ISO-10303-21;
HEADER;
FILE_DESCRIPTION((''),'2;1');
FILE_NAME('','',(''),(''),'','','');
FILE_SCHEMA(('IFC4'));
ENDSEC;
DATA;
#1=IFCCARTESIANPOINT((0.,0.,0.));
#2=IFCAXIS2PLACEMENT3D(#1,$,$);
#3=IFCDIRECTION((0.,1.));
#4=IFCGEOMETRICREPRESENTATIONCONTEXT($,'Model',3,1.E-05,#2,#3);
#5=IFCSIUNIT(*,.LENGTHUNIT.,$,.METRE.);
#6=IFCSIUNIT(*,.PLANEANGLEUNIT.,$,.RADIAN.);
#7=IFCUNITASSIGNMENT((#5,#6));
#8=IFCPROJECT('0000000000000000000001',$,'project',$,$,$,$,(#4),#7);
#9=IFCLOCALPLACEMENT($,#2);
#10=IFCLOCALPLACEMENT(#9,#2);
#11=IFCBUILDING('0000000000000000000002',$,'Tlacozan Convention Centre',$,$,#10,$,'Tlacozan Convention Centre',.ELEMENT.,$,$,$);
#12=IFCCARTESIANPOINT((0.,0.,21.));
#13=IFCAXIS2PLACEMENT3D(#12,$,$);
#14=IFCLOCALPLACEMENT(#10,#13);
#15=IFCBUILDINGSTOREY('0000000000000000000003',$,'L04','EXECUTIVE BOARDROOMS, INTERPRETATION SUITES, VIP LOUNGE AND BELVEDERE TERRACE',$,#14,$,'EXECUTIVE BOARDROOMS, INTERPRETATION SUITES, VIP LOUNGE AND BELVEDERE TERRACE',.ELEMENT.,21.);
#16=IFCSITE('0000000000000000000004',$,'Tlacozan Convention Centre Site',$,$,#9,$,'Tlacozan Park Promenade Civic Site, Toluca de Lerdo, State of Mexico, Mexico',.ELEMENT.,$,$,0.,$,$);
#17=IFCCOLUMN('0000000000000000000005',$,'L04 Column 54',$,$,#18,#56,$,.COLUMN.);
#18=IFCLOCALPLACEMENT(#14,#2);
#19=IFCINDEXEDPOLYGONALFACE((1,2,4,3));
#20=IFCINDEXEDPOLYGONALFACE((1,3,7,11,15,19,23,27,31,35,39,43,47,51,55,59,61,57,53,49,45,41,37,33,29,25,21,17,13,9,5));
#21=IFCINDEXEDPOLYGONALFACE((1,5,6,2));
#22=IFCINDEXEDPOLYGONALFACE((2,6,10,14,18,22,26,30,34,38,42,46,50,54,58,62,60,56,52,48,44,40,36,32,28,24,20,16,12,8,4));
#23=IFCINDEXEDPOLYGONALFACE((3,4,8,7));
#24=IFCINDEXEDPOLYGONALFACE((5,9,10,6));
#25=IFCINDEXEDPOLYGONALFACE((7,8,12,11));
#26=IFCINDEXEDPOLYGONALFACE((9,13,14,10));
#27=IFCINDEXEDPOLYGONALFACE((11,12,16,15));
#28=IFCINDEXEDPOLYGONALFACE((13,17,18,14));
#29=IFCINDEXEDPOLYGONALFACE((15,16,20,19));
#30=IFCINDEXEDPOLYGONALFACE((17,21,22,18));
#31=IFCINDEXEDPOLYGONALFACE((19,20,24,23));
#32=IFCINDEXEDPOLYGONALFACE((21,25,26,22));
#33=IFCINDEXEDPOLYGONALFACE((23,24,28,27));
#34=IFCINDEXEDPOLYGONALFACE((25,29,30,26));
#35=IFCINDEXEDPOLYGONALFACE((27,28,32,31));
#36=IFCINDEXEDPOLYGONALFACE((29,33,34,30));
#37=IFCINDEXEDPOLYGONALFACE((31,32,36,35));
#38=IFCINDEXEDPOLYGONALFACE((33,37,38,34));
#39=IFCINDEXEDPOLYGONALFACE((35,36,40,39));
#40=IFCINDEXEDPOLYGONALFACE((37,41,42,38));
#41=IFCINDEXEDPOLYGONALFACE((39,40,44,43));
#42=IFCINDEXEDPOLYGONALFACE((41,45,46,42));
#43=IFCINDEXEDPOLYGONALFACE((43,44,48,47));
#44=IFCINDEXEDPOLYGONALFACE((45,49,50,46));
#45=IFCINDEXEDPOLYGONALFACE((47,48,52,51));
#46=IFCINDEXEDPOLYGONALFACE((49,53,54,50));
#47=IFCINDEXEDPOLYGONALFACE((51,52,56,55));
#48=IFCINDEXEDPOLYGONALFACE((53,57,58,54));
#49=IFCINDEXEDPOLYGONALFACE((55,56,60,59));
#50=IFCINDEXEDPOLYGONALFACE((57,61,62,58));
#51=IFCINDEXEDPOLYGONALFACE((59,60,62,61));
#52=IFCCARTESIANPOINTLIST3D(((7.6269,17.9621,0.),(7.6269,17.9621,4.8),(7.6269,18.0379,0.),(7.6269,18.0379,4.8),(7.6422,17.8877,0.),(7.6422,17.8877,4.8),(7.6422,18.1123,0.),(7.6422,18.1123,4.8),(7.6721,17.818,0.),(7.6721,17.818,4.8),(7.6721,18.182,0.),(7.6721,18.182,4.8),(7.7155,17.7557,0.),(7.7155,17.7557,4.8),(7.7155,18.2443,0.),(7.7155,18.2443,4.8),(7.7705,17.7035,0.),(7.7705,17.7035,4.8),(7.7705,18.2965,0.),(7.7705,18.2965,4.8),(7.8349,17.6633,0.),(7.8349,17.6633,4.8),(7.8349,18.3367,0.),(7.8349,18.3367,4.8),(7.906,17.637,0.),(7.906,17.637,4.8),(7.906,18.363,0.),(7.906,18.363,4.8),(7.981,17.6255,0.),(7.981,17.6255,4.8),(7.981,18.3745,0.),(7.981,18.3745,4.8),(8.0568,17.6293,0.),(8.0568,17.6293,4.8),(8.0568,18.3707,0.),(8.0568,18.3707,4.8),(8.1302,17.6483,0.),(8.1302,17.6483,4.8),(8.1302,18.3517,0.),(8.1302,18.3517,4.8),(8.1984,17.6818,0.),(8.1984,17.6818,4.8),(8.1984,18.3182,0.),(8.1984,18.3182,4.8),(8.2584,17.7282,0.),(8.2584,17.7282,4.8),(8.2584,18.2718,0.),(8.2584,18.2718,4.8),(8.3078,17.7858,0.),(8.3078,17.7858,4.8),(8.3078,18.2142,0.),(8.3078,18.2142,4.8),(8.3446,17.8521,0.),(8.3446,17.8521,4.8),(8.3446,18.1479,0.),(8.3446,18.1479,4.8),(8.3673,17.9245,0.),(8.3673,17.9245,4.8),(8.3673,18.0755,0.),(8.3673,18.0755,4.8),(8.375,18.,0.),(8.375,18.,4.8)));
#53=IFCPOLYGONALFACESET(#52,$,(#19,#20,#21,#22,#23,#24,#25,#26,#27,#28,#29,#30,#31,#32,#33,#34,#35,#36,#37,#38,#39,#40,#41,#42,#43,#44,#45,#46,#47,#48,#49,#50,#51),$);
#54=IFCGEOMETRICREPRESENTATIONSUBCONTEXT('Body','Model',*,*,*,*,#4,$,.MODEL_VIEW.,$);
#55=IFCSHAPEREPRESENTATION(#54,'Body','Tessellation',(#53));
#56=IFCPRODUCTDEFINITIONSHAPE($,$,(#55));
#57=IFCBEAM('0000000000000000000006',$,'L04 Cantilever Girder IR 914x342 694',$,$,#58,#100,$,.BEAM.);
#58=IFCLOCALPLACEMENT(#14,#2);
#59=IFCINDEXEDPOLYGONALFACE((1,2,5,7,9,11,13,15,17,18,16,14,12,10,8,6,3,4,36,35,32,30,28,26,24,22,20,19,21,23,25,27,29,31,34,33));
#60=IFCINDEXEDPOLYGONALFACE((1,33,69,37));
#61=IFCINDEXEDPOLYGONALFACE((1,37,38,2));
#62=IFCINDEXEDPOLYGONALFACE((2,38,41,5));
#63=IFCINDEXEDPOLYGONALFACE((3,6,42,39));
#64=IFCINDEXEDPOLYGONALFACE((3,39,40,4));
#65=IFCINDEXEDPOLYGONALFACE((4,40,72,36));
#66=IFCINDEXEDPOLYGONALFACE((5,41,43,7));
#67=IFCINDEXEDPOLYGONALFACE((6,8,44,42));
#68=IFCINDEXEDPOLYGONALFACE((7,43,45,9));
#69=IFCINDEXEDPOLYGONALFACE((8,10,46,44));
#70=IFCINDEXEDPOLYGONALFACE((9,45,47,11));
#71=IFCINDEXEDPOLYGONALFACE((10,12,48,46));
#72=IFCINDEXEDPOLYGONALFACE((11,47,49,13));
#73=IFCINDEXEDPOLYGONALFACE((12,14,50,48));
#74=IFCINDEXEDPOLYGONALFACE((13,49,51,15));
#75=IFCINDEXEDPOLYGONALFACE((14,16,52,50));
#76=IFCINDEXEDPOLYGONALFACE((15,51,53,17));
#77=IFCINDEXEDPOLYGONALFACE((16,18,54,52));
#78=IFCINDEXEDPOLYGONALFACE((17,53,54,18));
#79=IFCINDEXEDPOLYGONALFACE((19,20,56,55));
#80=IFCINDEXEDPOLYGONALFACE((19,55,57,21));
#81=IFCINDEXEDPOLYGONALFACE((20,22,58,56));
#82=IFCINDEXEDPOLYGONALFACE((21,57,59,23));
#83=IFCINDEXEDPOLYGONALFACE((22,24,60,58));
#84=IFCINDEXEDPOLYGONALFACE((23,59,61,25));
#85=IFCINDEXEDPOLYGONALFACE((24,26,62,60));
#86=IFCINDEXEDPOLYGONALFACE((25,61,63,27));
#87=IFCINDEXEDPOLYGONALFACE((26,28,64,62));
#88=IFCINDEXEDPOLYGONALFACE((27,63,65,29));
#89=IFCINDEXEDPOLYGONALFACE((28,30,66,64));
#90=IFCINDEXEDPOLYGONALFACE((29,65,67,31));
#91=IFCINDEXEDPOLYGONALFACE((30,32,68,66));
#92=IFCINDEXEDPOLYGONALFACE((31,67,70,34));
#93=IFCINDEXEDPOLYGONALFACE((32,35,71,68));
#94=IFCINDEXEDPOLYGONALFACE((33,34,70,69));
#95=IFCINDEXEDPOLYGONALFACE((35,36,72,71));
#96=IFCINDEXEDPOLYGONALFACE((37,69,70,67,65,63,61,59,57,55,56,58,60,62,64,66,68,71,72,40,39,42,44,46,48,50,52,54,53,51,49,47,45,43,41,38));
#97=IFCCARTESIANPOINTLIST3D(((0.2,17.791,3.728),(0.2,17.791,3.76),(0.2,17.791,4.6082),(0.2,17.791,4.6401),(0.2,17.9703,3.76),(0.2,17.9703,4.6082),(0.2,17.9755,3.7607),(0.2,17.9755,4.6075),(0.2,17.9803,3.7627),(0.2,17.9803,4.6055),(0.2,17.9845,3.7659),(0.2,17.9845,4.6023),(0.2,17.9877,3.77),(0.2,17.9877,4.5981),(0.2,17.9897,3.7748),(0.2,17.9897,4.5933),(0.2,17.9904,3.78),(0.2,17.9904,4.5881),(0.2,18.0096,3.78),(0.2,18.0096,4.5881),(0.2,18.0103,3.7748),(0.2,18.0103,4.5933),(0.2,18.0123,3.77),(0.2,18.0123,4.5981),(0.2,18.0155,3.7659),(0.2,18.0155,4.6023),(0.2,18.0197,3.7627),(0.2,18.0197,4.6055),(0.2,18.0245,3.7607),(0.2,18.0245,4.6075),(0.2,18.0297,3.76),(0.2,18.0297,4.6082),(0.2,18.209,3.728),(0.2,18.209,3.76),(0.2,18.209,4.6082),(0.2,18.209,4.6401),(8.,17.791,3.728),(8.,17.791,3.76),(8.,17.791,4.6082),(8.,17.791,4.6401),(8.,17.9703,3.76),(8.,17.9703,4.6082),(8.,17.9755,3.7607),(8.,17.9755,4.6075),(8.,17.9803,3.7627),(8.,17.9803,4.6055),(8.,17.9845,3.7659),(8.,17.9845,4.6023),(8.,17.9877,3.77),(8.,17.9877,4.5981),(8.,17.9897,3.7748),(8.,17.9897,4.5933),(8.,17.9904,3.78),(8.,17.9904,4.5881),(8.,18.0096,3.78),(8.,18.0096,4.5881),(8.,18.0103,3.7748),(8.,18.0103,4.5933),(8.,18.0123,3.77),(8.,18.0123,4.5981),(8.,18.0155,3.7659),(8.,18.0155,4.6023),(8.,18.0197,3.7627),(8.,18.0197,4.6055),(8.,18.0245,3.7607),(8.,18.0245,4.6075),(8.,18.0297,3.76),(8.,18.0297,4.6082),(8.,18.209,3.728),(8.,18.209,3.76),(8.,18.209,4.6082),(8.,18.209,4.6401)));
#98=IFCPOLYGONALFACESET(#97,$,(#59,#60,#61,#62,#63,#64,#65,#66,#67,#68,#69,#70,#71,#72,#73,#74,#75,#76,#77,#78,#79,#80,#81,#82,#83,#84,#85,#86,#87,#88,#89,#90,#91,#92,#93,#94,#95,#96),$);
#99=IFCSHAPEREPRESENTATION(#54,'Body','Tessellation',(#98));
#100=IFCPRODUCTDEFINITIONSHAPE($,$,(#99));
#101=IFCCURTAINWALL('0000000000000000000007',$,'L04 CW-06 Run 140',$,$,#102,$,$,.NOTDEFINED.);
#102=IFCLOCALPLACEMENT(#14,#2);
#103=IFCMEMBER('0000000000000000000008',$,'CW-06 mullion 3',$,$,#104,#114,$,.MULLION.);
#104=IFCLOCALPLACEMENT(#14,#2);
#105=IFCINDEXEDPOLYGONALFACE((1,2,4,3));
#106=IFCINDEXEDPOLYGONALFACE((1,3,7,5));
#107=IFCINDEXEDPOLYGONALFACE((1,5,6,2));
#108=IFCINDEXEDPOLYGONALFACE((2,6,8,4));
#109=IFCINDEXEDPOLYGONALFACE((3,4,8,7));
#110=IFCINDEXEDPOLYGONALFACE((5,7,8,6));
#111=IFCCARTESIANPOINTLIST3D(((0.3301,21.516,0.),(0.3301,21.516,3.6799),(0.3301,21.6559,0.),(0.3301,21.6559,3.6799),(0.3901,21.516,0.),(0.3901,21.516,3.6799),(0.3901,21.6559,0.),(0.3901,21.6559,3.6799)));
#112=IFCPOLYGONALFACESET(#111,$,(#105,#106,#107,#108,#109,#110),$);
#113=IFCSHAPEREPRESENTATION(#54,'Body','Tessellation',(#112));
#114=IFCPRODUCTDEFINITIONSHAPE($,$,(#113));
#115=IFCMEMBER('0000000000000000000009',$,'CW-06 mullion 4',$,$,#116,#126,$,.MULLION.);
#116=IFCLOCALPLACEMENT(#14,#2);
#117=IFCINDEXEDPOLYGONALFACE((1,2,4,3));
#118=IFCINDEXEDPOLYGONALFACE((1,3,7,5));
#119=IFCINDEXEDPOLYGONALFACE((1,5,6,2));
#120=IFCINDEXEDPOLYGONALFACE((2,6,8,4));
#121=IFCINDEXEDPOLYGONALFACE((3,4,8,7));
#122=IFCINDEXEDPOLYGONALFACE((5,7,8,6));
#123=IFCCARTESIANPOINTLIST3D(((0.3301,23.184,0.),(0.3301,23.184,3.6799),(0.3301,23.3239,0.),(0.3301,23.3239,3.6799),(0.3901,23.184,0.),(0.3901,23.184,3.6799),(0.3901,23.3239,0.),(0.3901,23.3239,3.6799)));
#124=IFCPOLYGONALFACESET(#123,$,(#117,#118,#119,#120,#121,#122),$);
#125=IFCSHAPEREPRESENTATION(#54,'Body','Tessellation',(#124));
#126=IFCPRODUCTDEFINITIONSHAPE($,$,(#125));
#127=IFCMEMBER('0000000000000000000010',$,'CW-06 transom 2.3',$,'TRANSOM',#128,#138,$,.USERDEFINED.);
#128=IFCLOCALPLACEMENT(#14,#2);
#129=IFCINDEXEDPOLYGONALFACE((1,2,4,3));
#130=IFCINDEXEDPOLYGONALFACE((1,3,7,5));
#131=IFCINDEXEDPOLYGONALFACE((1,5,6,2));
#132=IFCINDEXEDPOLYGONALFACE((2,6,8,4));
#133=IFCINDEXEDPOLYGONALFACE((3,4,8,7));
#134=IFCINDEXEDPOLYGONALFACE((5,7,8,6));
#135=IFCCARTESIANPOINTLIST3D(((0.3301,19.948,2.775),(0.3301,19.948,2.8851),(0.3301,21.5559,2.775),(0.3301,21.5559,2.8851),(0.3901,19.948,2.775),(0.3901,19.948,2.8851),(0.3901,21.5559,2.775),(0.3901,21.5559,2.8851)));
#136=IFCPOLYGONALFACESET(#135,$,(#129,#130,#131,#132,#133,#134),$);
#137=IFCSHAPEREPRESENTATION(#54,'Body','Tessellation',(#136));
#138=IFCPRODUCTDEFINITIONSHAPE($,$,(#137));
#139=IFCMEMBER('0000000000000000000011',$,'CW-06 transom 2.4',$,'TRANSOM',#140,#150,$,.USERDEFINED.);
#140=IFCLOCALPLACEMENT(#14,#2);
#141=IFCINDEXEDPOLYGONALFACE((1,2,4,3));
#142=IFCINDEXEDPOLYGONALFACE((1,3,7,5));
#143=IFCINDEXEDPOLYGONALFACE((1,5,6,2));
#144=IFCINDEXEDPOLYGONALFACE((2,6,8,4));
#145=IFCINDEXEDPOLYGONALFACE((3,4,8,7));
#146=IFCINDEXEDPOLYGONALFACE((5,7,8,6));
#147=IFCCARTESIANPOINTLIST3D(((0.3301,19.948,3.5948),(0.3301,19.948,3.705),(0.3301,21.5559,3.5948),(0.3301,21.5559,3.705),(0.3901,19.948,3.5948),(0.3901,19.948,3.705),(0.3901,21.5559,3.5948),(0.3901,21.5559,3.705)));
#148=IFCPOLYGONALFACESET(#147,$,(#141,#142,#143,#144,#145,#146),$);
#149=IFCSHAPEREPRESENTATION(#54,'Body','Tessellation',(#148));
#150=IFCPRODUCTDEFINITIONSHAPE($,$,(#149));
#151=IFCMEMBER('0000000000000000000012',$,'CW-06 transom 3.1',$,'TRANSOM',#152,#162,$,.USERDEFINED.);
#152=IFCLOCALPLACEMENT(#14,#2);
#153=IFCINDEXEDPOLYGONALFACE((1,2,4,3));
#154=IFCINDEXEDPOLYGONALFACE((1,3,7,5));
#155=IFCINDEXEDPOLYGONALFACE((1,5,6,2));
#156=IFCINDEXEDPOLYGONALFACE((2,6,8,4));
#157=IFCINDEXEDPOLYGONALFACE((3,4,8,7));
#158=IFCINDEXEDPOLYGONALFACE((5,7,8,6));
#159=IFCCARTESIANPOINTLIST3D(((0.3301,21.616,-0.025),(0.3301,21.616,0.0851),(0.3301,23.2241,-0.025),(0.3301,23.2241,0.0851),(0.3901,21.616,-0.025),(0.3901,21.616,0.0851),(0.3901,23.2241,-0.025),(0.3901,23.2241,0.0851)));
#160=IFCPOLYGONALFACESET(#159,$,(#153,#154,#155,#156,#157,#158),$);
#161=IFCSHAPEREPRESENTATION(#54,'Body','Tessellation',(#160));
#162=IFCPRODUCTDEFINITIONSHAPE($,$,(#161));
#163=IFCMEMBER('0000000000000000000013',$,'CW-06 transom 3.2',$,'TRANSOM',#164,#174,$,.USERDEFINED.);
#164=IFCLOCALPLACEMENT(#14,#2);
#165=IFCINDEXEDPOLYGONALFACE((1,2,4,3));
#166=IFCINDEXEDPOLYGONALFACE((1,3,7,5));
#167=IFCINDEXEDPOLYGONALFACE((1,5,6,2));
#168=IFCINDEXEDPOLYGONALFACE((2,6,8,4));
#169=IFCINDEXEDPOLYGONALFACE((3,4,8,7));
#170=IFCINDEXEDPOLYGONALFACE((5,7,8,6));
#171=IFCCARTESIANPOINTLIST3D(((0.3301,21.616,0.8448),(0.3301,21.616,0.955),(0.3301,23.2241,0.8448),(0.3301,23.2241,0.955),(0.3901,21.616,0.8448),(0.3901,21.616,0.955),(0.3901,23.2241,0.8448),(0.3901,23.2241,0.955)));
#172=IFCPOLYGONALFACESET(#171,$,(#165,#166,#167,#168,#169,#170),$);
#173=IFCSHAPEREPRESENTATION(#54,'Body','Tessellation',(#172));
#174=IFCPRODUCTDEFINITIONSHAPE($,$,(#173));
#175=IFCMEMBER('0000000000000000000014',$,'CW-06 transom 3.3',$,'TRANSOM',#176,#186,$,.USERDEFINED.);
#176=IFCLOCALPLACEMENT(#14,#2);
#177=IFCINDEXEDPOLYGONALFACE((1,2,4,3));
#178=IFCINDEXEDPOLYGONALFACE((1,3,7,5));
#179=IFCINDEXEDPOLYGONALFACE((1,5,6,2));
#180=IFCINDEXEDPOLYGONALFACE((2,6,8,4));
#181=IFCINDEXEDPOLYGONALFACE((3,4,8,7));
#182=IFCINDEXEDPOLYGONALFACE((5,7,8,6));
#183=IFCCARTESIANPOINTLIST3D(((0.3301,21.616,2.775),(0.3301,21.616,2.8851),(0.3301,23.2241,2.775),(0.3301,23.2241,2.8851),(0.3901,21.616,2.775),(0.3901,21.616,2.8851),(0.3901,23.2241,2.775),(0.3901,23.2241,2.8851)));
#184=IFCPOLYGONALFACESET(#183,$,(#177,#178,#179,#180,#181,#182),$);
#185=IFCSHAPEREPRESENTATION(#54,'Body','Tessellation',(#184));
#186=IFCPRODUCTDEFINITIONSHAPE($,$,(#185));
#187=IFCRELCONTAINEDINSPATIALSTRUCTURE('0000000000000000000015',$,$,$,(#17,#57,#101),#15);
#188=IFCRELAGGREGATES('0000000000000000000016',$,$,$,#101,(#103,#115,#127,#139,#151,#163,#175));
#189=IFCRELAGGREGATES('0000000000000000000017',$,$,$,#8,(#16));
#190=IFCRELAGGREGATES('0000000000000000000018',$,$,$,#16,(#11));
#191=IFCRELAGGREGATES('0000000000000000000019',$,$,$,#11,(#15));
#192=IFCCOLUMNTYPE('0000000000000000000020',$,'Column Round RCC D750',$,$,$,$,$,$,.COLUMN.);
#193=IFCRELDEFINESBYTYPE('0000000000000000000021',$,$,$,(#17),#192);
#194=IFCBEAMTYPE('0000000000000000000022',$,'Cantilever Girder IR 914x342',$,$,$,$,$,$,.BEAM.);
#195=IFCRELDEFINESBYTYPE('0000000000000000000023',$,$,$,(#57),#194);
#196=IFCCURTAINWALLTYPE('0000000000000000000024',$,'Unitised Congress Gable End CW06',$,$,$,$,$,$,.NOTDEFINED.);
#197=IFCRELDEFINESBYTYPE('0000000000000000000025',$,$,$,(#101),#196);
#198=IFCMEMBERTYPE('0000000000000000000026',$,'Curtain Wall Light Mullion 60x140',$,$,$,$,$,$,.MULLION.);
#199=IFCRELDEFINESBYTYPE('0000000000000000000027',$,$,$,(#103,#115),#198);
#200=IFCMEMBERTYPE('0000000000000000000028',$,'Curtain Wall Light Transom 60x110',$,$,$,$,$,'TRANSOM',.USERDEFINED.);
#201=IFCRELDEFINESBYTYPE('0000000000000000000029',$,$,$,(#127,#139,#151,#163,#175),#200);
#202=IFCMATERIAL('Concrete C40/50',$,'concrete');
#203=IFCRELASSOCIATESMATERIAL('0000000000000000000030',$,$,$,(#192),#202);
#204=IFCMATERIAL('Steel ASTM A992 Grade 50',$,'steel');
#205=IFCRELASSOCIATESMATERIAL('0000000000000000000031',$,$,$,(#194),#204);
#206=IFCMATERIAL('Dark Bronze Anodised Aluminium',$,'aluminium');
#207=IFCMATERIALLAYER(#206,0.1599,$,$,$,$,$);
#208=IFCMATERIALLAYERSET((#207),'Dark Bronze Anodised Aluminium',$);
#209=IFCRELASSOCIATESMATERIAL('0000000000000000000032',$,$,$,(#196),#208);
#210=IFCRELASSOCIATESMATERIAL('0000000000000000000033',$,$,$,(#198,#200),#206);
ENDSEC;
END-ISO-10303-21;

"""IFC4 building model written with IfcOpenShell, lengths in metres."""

from ifc_helpers import new_model, si_unit, direction, frame, origin, origin_2d, place, context, subcontext, project, spatial, rectangle, circle, i_section, extrude, material, layer, layer_set, material_profile, profile_set, type_object, element, aggregate, save


model = new_model("IFC4")

# Units and contexts
model_context = context("Model", 3, precision=1e-05, world=origin(), true_north=direction((0.0, 1.0)))
body_context = subcontext(model_context, "Body", "Model", "MODEL_VIEW")
ifc_project = project(units=[si_unit("LENGTHUNIT", "METRE"), si_unit("PLANEANGLEUNIT", "RADIAN")], contexts=[model_context])

# Site, building, storey
site_placement = place(None, origin())
site = spatial("IfcSite", under=ifc_project, at=site_placement, Name="Tlacozan Convention Centre Site", LongName="Tlacozan Park Promenade Civic Site, Toluca de Lerdo, State of Mexico, Mexico", CompositionType="ELEMENT", RefElevation=0.0)
building_placement = place(site_placement, origin())
building = spatial("IfcBuilding", under=site, at=building_placement, Name="Tlacozan Convention Centre", LongName="Tlacozan Convention Centre", CompositionType="ELEMENT")
storey_placement = place(building_placement, frame((0.0, 0.0, 21.0)))
storey = spatial("IfcBuildingStorey", under=building, at=storey_placement, Name="L04", Description="EXECUTIVE BOARDROOMS, INTERPRETATION SUITES, VIP LOUNGE AND BELVEDERE TERRACE", LongName="EXECUTIVE BOARDROOMS, INTERPRETATION SUITES, VIP LOUNGE AND BELVEDERE TERRACE", CompositionType="ELEMENT", Elevation=21.0)

# Column
ifc_material_1 = material(Name="Concrete C40/50", Category="concrete")
ifc_material_profile_1 = material_profile(ifc_material_1, circle(Radius=0.375, at=origin_2d()), Name="RCC D750")
ifc_profile_set_1 = profile_set([ifc_material_profile_1], Name="Concrete C40/50")
column_type = type_object("IfcColumnType", Name="Column Round RCC D750", PredefinedType="COLUMN", material=ifc_profile_set_1)
column_placement = place(storey_placement, frame((8.0, 18.0, 0.0), z_axis=(0.0, 0.0, 1.0), x_axis=(1.0, 0.0, 0.0)))
element("IfcColumn", 1, at=column_placement, inside=storey, type_object=column_type, Name="L04 Column 54", PredefinedType="COLUMN", context=body_context, shape_type="SweptSolid", body=[
    extrude(circle(Radius=0.375, at=origin_2d()), origin(), (0.0, 0.0, 1.0), 4.8),
])

# Beam
ifc_material_2 = material(Name="Steel ASTM A992 Grade 50", Category="steel")
ifc_material_profile_2 = material_profile(ifc_material_2, i_section(OverallWidth=0.418, OverallDepth=0.9121, WebThickness=0.0193, FlangeThickness=0.032, FilletRadius=0.02, at=origin_2d()), Name="IR 914x342.0")
ifc_profile_set_2 = profile_set([ifc_material_profile_2], Name="Steel ASTM A992 Grade 50")
beam_type_1 = type_object("IfcBeamType", Name="Cantilever Girder IR 914x342", PredefinedType="BEAM", material=ifc_profile_set_2)
beam_1_placement = place(storey_placement, frame((8.0, 18.0, 4.1841), z_axis=(-1.0, 0.0, 0.0), x_axis=(0.0, -1.0, 0.0)))
element("IfcBeam", 2, at=beam_1_placement, inside=storey, type_object=beam_type_1, Name="L04 Cantilever Girder IR 914x342 694", PredefinedType="BEAM", context=body_context, shape_type="SweptSolid", body=[
    extrude(i_section(OverallWidth=0.418, OverallDepth=0.9121, WebThickness=0.0193, FlangeThickness=0.032, FilletRadius=0.02, at=origin_2d()), origin(), (0.0, 0.0, 1.0), 7.8),
])

# Curtain wall, members
ifc_material_3 = material(Name="Dark Bronze Anodised Aluminium", Category="aluminium")
ifc_layer_1 = layer(ifc_material_3, 0.1599)
ifc_layer_set_1 = layer_set([ifc_layer_1], Name="Dark Bronze Anodised Aluminium")
curtain_wall_type = type_object("IfcCurtainWallType", Name="Unitised Congress Gable End CW06", PredefinedType="NOTDEFINED", material=ifc_layer_set_1)
curtain_wall_placement = place(storey_placement, origin())
curtain_wall = element("IfcCurtainWall", 3, at=curtain_wall_placement, inside=storey, type_object=curtain_wall_type, Name="L04 CW-06 Run 140", PredefinedType="NOTDEFINED")
ifc_material_profile_3 = material_profile(ifc_material_3, rectangle(XDim=0.0601, YDim=0.1399, at=origin_2d()), Name="ALU 60x140")
ifc_profile_set_3 = profile_set([ifc_material_profile_3], Name="Dark Bronze Anodised Aluminium")
member_type_1 = type_object("IfcMemberType", Name="Curtain Wall Light Mullion 60x140", PredefinedType="MULLION", material=ifc_profile_set_3)
member_1_placement = place(storey_placement, frame((0.3601, 21.5859, 0.0), z_axis=(0.0, 0.0, 1.0), x_axis=(-1.0, 0.0, 0.0)))
member_1 = element("IfcMember", 4, at=member_1_placement, type_object=member_type_1, Name="CW-06 mullion 3", PredefinedType="MULLION", context=body_context, shape_type="SweptSolid", body=[
    extrude(rectangle(XDim=0.0601, YDim=0.1399, at=origin_2d()), origin(), (0.0, 0.0, 1.0), 3.6799),
])
member_2_placement = place(storey_placement, frame((0.3601, 23.2539, 0.0), z_axis=(0.0, 0.0, 1.0), x_axis=(-1.0, 0.0, 0.0)))
member_2 = element("IfcMember", 5, at=member_2_placement, type_object=member_type_1, Name="CW-06 mullion 4", PredefinedType="MULLION", context=body_context, shape_type="SweptSolid", body=[
    extrude(rectangle(XDim=0.0601, YDim=0.1399, at=origin_2d()), origin(), (0.0, 0.0, 1.0), 3.6799),
])
ifc_material_profile_4 = material_profile(ifc_material_3, rectangle(XDim=0.0601, YDim=0.1101, at=origin_2d()), Name="ALU 60x110")
ifc_profile_set_4 = profile_set([ifc_material_profile_4], Name="Dark Bronze Anodised Aluminium")
member_type_2 = type_object("IfcMemberType", Name="Curtain Wall Light Transom 60x110", ElementType="TRANSOM", PredefinedType="USERDEFINED", material=ifc_profile_set_4)
member_3_placement = place(storey_placement, frame((0.3601, 19.948, 2.8301), z_axis=(0.0, 1.0, 0.0), x_axis=(-1.0, 0.0, 0.0)))
member_3 = element("IfcMember", 6, at=member_3_placement, type_object=member_type_2, Name="CW-06 transom 2.3", ObjectType="TRANSOM", PredefinedType="USERDEFINED", context=body_context, shape_type="SweptSolid", body=[
    extrude(rectangle(XDim=0.0601, YDim=0.1101, at=origin_2d()), origin(), (0.0, 0.0, 1.0), 1.6079),
])
member_4_placement = place(storey_placement, frame((0.3601, 19.948, 3.6499), z_axis=(0.0, 1.0, 0.0), x_axis=(-1.0, 0.0, 0.0)))
member_4 = element("IfcMember", 7, at=member_4_placement, type_object=member_type_2, Name="CW-06 transom 2.4", ObjectType="TRANSOM", PredefinedType="USERDEFINED", context=body_context, shape_type="SweptSolid", body=[
    extrude(rectangle(XDim=0.0601, YDim=0.1101, at=origin_2d()), origin(), (0.0, 0.0, 1.0), 1.6079),
])
member_5_placement = place(storey_placement, frame((0.3601, 21.616, 0.03), z_axis=(0.0, 1.0, 0.0), x_axis=(-1.0, 0.0, 0.0)))
member_5 = element("IfcMember", 8, at=member_5_placement, type_object=member_type_2, Name="CW-06 transom 3.1", ObjectType="TRANSOM", PredefinedType="USERDEFINED", context=body_context, shape_type="SweptSolid", body=[
    extrude(rectangle(XDim=0.0601, YDim=0.1101, at=origin_2d()), origin(), (0.0, 0.0, 1.0), 1.6082),
])
member_6_placement = place(storey_placement, frame((0.3601, 21.616, 0.8999), z_axis=(0.0, 1.0, 0.0), x_axis=(-1.0, 0.0, 0.0)))
member_6 = element("IfcMember", 9, at=member_6_placement, type_object=member_type_2, Name="CW-06 transom 3.2", ObjectType="TRANSOM", PredefinedType="USERDEFINED", context=body_context, shape_type="SweptSolid", body=[
    extrude(rectangle(XDim=0.0601, YDim=0.1101, at=origin_2d()), origin(), (0.0, 0.0, 1.0), 1.6082),
])
member_7_placement = place(storey_placement, frame((0.3601, 21.616, 2.8301), z_axis=(0.0, 1.0, 0.0), x_axis=(-1.0, 0.0, 0.0)))
member_7 = element("IfcMember", 10, at=member_7_placement, type_object=member_type_2, Name="CW-06 transom 3.3", ObjectType="TRANSOM", PredefinedType="USERDEFINED", context=body_context, shape_type="SweptSolid", body=[
    extrude(rectangle(XDim=0.0601, YDim=0.1101, at=origin_2d()), origin(), (0.0, 0.0, 1.0), 1.6082),
])

aggregate(curtain_wall, [member_1, member_2, member_3, member_4, member_5, member_6, member_7])

save(model, "model.ifc")
